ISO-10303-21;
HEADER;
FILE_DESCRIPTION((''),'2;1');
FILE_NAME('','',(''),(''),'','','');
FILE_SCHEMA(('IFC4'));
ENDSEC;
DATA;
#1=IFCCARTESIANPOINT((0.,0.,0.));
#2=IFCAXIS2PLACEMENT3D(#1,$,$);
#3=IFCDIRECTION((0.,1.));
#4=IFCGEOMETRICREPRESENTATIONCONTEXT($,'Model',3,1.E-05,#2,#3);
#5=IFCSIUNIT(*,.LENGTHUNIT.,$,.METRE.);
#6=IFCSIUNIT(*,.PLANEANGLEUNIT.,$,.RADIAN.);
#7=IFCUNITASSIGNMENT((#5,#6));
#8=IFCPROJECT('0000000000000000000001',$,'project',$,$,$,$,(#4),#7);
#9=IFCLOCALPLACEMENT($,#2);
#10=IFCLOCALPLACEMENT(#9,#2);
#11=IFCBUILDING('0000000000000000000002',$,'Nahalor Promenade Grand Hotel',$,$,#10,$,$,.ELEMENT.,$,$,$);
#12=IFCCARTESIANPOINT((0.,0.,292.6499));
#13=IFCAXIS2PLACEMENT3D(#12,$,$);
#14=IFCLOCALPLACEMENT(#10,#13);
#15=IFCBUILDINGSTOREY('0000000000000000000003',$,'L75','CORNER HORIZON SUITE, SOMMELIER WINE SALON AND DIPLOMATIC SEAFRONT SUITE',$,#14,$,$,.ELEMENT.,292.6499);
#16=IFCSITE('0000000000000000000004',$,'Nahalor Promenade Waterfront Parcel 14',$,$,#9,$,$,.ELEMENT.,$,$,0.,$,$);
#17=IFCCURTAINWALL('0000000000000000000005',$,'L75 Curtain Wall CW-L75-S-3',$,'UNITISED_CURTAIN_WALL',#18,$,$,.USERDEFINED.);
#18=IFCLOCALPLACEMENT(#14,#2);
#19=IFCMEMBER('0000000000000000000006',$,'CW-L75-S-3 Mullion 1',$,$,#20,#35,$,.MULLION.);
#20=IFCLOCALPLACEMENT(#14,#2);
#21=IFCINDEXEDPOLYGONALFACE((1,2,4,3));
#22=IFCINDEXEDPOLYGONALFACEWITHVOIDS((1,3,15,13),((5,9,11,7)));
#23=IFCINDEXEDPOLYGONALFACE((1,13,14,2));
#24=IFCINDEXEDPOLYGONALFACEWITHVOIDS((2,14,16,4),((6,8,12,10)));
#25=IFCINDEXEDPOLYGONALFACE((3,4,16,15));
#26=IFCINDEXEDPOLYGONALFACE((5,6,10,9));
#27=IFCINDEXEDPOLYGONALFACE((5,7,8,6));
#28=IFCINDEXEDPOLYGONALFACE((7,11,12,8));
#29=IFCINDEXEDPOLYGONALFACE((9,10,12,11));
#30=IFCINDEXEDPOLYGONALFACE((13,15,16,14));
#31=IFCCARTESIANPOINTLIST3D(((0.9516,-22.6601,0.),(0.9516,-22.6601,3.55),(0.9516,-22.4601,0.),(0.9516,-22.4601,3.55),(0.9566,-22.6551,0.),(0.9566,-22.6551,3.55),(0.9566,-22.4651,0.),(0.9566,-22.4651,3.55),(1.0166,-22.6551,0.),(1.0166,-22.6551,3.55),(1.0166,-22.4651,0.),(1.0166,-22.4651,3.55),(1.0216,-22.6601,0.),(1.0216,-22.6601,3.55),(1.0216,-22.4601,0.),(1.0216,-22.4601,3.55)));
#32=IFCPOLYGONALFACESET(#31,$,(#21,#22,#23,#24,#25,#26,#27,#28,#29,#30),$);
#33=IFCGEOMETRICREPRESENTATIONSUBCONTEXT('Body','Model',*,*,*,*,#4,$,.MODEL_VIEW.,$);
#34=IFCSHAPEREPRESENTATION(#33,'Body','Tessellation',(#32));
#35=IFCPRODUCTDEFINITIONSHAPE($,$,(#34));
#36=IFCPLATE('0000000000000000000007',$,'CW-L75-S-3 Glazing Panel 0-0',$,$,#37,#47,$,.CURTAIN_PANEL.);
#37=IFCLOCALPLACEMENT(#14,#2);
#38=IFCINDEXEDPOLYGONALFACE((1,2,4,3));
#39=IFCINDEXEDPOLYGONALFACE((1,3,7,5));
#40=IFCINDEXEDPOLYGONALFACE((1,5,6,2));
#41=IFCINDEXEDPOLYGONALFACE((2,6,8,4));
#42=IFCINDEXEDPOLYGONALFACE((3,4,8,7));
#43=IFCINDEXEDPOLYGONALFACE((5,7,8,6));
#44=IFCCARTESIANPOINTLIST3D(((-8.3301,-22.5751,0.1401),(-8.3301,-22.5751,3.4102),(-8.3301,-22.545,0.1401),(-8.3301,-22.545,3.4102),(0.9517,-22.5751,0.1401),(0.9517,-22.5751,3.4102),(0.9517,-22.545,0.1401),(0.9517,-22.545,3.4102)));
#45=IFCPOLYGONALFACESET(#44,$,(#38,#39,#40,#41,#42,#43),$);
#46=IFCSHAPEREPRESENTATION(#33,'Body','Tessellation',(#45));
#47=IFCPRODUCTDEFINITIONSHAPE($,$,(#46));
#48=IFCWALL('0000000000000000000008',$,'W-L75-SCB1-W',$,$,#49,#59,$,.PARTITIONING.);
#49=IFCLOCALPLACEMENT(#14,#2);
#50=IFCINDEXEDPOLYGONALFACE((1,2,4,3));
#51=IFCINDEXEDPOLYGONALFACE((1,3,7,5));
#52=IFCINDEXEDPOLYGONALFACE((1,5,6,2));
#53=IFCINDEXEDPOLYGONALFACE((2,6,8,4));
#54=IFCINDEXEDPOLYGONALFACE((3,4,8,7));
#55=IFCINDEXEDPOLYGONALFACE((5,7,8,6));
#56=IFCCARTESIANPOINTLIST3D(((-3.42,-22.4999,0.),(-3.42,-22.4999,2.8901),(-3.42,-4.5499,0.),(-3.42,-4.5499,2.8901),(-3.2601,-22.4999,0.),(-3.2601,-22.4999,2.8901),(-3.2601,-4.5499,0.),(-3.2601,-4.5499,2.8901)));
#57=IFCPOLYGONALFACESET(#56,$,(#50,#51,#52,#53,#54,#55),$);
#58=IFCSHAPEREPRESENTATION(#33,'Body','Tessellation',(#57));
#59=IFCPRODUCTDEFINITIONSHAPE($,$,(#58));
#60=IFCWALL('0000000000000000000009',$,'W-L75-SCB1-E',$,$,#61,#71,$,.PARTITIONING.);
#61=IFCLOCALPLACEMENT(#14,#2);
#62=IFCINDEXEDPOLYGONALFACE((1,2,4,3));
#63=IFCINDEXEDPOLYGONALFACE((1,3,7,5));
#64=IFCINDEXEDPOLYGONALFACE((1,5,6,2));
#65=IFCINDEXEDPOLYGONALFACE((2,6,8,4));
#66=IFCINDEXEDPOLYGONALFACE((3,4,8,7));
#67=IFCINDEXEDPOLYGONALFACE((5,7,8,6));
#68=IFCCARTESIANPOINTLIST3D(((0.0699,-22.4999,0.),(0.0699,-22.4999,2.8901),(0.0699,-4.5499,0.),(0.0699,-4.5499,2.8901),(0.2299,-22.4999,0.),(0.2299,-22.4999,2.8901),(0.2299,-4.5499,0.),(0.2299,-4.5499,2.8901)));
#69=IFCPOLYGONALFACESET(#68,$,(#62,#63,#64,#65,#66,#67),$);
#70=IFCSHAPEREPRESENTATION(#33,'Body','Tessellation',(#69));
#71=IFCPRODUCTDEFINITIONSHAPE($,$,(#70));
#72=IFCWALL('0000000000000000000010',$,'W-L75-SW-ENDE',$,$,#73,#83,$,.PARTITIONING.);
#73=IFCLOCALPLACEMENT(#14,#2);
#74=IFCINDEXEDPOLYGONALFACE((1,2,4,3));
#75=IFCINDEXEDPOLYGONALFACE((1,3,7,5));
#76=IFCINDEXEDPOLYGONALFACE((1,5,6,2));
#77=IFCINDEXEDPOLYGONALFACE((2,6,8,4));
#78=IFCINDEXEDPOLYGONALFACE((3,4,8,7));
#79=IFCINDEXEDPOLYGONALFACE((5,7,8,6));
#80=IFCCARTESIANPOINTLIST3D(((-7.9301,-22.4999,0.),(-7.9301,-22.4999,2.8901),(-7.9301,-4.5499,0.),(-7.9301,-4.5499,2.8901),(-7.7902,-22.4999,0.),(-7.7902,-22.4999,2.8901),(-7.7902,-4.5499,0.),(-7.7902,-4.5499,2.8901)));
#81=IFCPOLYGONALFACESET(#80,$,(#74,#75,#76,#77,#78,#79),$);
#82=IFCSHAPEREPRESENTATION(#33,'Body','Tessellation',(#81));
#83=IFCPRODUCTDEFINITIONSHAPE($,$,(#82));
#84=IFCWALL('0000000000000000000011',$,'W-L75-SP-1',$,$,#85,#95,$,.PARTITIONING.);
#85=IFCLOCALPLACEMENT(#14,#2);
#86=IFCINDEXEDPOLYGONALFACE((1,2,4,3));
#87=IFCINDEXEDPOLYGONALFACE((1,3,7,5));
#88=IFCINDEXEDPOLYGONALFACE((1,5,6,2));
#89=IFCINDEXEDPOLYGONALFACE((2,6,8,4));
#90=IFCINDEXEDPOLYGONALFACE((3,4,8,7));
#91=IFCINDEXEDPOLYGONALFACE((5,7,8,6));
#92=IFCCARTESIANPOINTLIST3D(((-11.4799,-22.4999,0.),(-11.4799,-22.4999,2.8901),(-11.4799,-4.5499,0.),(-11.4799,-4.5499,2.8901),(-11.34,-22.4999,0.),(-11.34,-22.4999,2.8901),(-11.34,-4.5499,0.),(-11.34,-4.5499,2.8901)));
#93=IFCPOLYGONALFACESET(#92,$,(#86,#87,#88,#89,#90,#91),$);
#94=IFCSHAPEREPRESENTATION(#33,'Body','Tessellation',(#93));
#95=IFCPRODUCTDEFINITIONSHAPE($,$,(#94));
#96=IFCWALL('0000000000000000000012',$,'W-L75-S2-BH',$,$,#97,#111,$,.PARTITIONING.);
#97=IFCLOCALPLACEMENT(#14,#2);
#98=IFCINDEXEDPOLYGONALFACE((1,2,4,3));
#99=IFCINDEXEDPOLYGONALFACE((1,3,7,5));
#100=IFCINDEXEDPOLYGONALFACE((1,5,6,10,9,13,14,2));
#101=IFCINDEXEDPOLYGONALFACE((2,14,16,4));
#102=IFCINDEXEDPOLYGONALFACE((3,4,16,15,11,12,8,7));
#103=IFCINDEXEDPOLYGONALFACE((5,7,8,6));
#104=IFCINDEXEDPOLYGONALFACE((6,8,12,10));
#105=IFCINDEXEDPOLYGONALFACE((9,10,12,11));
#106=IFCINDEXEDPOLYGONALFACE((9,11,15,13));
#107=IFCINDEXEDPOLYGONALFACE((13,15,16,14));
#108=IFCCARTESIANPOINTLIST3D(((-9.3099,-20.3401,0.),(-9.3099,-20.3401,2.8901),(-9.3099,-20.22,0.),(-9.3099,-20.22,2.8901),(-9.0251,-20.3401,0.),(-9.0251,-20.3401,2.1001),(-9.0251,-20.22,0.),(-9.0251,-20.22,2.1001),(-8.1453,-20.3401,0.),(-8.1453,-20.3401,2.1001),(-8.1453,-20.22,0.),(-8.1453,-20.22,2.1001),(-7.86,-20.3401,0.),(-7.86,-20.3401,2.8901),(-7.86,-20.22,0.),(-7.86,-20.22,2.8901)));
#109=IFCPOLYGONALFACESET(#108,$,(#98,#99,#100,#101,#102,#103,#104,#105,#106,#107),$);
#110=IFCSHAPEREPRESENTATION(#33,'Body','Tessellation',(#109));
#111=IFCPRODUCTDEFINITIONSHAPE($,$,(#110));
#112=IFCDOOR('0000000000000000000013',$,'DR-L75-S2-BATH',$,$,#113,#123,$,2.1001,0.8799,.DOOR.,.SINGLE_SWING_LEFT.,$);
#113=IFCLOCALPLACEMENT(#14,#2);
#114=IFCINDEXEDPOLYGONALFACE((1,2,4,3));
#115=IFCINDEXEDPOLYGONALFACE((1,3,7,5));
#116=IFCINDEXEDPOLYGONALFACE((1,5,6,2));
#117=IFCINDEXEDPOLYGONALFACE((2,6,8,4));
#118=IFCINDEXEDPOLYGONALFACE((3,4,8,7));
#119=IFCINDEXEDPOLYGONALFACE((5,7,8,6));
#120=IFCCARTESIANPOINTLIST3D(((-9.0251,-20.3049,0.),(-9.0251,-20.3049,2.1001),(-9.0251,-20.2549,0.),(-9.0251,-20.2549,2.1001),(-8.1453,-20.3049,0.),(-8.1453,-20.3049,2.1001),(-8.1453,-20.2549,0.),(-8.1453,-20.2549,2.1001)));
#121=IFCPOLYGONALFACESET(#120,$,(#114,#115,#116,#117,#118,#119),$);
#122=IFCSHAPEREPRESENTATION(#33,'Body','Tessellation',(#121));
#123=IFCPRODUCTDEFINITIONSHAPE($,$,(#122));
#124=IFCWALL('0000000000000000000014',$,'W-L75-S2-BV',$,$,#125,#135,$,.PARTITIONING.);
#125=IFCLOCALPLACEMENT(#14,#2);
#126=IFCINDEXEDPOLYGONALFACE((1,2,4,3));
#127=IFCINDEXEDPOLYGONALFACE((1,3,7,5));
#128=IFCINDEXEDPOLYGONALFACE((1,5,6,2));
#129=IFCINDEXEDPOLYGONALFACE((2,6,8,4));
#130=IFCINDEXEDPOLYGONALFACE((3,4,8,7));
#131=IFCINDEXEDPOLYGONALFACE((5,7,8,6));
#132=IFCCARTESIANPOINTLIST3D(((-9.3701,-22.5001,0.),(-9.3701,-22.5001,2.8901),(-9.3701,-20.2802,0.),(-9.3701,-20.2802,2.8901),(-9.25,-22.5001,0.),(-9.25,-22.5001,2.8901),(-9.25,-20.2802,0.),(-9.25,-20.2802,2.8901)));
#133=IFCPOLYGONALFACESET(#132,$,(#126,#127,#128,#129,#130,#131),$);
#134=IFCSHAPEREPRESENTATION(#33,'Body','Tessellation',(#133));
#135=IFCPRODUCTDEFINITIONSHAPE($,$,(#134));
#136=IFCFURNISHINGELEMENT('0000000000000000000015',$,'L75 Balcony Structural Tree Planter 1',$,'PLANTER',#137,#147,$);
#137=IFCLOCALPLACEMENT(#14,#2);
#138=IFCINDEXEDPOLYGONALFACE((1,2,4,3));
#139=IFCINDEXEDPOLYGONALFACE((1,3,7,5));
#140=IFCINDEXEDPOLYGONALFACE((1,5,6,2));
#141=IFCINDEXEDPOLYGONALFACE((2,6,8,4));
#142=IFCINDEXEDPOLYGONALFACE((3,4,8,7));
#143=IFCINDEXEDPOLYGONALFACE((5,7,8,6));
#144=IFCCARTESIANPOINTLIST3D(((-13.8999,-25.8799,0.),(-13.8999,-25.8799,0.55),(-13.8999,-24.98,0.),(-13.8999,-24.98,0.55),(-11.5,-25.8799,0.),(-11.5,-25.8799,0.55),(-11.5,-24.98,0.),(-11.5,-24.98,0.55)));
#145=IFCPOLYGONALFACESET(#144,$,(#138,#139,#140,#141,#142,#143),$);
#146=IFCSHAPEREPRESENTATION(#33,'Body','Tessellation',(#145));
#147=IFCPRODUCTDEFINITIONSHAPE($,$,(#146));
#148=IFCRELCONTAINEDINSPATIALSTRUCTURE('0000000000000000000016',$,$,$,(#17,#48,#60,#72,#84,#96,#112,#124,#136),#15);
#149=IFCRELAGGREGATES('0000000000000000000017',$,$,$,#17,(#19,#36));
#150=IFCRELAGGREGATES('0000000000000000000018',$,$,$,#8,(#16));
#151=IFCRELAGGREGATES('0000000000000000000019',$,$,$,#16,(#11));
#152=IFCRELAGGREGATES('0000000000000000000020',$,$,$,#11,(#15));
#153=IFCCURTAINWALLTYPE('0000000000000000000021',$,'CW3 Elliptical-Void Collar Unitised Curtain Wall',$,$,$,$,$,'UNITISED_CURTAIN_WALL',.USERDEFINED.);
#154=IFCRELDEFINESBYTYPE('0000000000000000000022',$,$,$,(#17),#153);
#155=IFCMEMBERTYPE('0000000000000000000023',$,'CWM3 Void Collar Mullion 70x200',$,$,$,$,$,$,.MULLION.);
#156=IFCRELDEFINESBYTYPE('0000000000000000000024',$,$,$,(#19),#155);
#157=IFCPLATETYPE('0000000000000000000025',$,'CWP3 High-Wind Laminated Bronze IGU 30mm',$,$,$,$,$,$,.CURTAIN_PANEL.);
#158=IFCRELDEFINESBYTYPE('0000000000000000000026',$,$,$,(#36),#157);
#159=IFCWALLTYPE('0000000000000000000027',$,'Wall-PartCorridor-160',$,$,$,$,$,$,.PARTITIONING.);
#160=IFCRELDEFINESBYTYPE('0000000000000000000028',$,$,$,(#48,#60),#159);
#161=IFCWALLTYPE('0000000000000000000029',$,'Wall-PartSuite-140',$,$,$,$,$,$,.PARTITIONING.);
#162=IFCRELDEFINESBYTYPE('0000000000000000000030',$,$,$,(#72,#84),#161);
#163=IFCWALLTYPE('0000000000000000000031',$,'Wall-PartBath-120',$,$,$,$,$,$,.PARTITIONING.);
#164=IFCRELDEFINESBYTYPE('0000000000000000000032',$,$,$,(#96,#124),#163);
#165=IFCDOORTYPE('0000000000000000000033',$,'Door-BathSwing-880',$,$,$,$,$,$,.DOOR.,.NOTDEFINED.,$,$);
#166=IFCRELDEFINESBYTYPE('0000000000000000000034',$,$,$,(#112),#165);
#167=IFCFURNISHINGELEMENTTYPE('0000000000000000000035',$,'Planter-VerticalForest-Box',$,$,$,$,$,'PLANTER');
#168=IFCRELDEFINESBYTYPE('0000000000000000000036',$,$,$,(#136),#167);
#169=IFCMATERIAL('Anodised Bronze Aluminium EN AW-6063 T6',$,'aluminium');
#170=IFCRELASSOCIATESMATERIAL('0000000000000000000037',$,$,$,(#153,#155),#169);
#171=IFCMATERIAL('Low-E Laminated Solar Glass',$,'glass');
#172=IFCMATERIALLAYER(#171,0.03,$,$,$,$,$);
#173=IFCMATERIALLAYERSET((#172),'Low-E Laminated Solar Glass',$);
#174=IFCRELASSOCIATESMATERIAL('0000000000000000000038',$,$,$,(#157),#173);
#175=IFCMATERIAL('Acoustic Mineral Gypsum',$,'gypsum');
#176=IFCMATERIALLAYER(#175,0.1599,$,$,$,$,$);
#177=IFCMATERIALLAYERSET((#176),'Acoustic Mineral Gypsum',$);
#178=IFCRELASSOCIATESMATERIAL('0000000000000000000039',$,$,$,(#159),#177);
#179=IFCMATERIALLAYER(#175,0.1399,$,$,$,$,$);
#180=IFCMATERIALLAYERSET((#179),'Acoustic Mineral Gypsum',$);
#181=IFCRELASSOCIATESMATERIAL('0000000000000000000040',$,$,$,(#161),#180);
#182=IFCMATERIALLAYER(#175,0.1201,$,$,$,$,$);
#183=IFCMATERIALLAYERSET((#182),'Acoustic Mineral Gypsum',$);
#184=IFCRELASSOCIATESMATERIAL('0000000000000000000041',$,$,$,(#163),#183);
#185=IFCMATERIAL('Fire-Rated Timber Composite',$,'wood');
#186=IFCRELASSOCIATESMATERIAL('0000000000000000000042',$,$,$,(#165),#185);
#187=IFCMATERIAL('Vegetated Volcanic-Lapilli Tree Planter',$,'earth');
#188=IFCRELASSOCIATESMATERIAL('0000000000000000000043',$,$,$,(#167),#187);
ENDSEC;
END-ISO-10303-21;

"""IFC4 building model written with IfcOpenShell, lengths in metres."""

from ifc_helpers import new_model, si_unit, direction, frame, frame_2d, origin, origin_2d, place, context, subcontext, project, spatial, rectangle, hollow_rectangle, extrude, source, transform, mapped, material, layer, layer_set, material_profile, profile_set, type_object, element, fill, aggregate, save


model = new_model("IFC4")

# Units and contexts
model_context = context("Model", 3, precision=1e-05, world=origin(), true_north=direction((0.0, 1.0)))
body_context = subcontext(model_context, "Body", "Model", "MODEL_VIEW")
ifc_project = project(units=[si_unit("LENGTHUNIT", "METRE"), si_unit("PLANEANGLEUNIT", "RADIAN")], contexts=[model_context])

# Site, building, storey
site_placement = place(None, origin())
site = spatial("IfcSite", under=ifc_project, at=site_placement, Name="Nahalor Promenade Waterfront Parcel 14", CompositionType="ELEMENT", RefElevation=0.0)
building_placement = place(site_placement, origin())
building = spatial("IfcBuilding", under=site, at=building_placement, Name="Nahalor Promenade Grand Hotel", CompositionType="ELEMENT")
storey_placement = place(building_placement, frame((0.0, 0.0, 292.6499)))
storey = spatial("IfcBuildingStorey", under=building, at=storey_placement, Name="L75", Description="CORNER HORIZON SUITE, SOMMELIER WINE SALON AND DIPLOMATIC SEAFRONT SUITE", CompositionType="ELEMENT", Elevation=292.6499)

# Curtain wall, member, plate
ifc_material_1 = material(Name="Anodised Bronze Aluminium EN AW-6063 T6", Category="aluminium")
curtain_wall_type = type_object("IfcCurtainWallType", Name="CW3 Elliptical-Void Collar Unitised Curtain Wall", ElementType="UNITISED_CURTAIN_WALL", PredefinedType="USERDEFINED", material=ifc_material_1)
curtain_wall_placement = place(storey_placement, origin())
curtain_wall = element("IfcCurtainWall", 1, at=curtain_wall_placement, inside=storey, type_object=curtain_wall_type, Name="L75 Curtain Wall CW-L75-S-3", ObjectType="UNITISED_CURTAIN_WALL", PredefinedType="USERDEFINED")
ifc_material_profile_1 = material_profile(ifc_material_1, hollow_rectangle(XDim=0.07, YDim=0.2, WallThickness=0.005, at=origin_2d()), Name="CWM 70x200x5")
ifc_profile_set_1 = profile_set([ifc_material_profile_1], Name="Anodised Bronze Aluminium EN AW-6063 T6")
member_type_1 = type_object("IfcMemberType", Name="CWM3 Void Collar Mullion 70x200", PredefinedType="MULLION", material=ifc_profile_set_1)
shared_shape_1 = source(origin(), body_context, "Body", "SweptSolid", [
    extrude(hollow_rectangle(XDim=0.07, YDim=0.2, WallThickness=0.005, at=origin_2d()), origin(), (0.0, 0.0, 1.0), 3.55),
])
member_1_placement = place(storey_placement, frame((0.9866, -22.5601, 0.0), z_axis=(0.0, 0.0, 1.0), x_axis=(1.0, 0.0, 0.0)))
member_1 = element("IfcMember", 2, at=member_1_placement, type_object=member_type_1, Name="CW-L75-S-3 Mullion 1", PredefinedType="MULLION", context=body_context, shape_type="MappedRepresentation", body=[
    mapped(shared_shape_1, transform((0.0, 0.0, 0.0), scale=1.0)),
])
ifc_material_2 = material(Name="Low-E Laminated Solar Glass", Category="glass")
ifc_layer_1 = layer(ifc_material_2, 0.03)
ifc_layer_set_1 = layer_set([ifc_layer_1], Name="Low-E Laminated Solar Glass")
plate_type = type_object("IfcPlateType", Name="CWP3 High-Wind Laminated Bronze IGU 30mm", PredefinedType="CURTAIN_PANEL", material=ifc_layer_set_1)
shared_shape_2 = source(origin(), body_context, "Body", "SweptSolid", [
    extrude(rectangle(XDim=9.2817, YDim=0.03, at=origin_2d()), origin(), (0.0, 0.0, 1.0), 3.27),
])
plate_placement = place(storey_placement, frame((-3.6892, -22.5601, 0.1401), z_axis=(0.0, 0.0, 1.0), x_axis=(1.0, 0.0, 0.0)))
plate = element("IfcPlate", 3, at=plate_placement, type_object=plate_type, Name="CW-L75-S-3 Glazing Panel 0-0", PredefinedType="CURTAIN_PANEL", context=body_context, shape_type="MappedRepresentation", body=[
    mapped(shared_shape_2, transform((0.0, 0.0, 0.0), scale=1.0)),
])
aggregate(curtain_wall, [member_1, plate])

# Walls
ifc_material_3 = material(Name="Acoustic Mineral Gypsum", Category="gypsum")
ifc_layer_2 = layer(ifc_material_3, 0.1599)
ifc_layer_set_2 = layer_set([ifc_layer_2], Name="Acoustic Mineral Gypsum")
wall_type_1 = type_object("IfcWallType", Name="Wall-PartCorridor-160", PredefinedType="PARTITIONING", material=ifc_layer_set_2)
shared_shape_3 = source(origin(), body_context, "Body", "SweptSolid", [
    extrude(rectangle(XDim=17.95, YDim=0.1599, at=frame_2d((8.9751, 0.0))), origin(), (0.0, 0.0, 1.0), 2.8901),
])
for number, where, z_axis, x_axis, name in (
    (4, (-3.3401, -22.5, 0.0), (0.0, 0.0, 1.0), (0.0, 1.0, 0.0), "W-L75-SCB1-W"),
    (5, (0.1499, -22.5, 0.0), (0.0, 0.0, 1.0), (0.0, 1.0, 0.0), "W-L75-SCB1-E"),
):
    element("IfcWall", number, at=place(storey_placement, frame(where, z_axis=z_axis, x_axis=x_axis)), inside=storey, type_object=wall_type_1, Name=name, PredefinedType="PARTITIONING", context=body_context, shape_type="MappedRepresentation", body=[
        mapped(shared_shape_3, transform((0.0, 0.0, 0.0), scale=1.0)),
    ])
ifc_layer_3 = layer(ifc_material_3, 0.1399)
ifc_layer_set_3 = layer_set([ifc_layer_3], Name="Acoustic Mineral Gypsum")
wall_type_2 = type_object("IfcWallType", Name="Wall-PartSuite-140", PredefinedType="PARTITIONING", material=ifc_layer_set_3)
shared_shape_4 = source(origin(), body_context, "Body", "SweptSolid", [
    extrude(rectangle(XDim=17.95, YDim=0.1399, at=frame_2d((8.9751, 0.0))), origin(), (0.0, 0.0, 1.0), 2.8901),
])
for number, where, z_axis, x_axis, name in (
    (6, (-7.8601, -22.5, 0.0), (0.0, 0.0, 1.0), (0.0, 1.0, 0.0), "W-L75-SW-ENDE"),
    (7, (-11.4099, -22.5, 0.0), (0.0, 0.0, 1.0), (0.0, 1.0, 0.0), "W-L75-SP-1"),
):
    element("IfcWall", number, at=place(storey_placement, frame(where, z_axis=z_axis, x_axis=x_axis)), inside=storey, type_object=wall_type_2, Name=name, PredefinedType="PARTITIONING", context=body_context, shape_type="MappedRepresentation", body=[
        mapped(shared_shape_4, transform((0.0, 0.0, 0.0), scale=1.0)),
    ])

# Wall, opening, door
ifc_layer_4 = layer(ifc_material_3, 0.1201)
ifc_layer_set_4 = layer_set([ifc_layer_4], Name="Acoustic Mineral Gypsum")
wall_type_3 = type_object("IfcWallType", Name="Wall-PartBath-120", PredefinedType="PARTITIONING", material=ifc_layer_set_4)
shared_shape_5 = source(origin(), body_context, "Body", "SweptSolid", [
    extrude(rectangle(XDim=1.45, YDim=0.1201, at=frame_2d((0.7251, 0.0))), origin(), (0.0, 0.0, 1.0), 2.8901),
])
wall_1_placement = place(storey_placement, frame((-9.3101, -20.28, 0.0), z_axis=(0.0, 0.0, 1.0), x_axis=(1.0, 0.0, 0.0)))
wall_1 = element("IfcWall", 8, at=wall_1_placement, inside=storey, type_object=wall_type_3, Name="W-L75-S2-BH", PredefinedType="PARTITIONING", context=body_context, shape_type="MappedRepresentation", body=[
    mapped(shared_shape_5, transform((0.0, 0.0, 0.0), scale=1.0)),
])
opening_placement = place(wall_1_placement, frame((0.2849, 0.0, 0.0)))
opening = element("IfcOpeningElement", 9, at=opening_placement, cuts=wall_1, PredefinedType="OPENING", context=body_context, shape_type="SweptSolid", body=[
    extrude(rectangle(XDim=0.8799, YDim=2.1001, at=frame_2d((0.4399, 1.05))), frame((0.0, 0.0701, 0.0), z_axis=(0.0, -1.0, 0.0), x_axis=(1.0, 0.0, 0.0)), (0.0, 0.0, 1.0), 0.1401),
])
ifc_material_4 = material(Name="Fire-Rated Timber Composite", Category="wood")
door_type = type_object("IfcDoorType", Name="Door-BathSwing-880", OperationType="NOTDEFINED", PredefinedType="DOOR", material=ifc_material_4)
shared_shape_6 = source(origin(), body_context, "Body", "SweptSolid", [
    extrude(rectangle(XDim=0.8799, YDim=2.1001, at=frame_2d((0.4399, 1.05))), frame((0.0, 0.0249, 0.0), z_axis=(0.0, -1.0, 0.0), x_axis=(1.0, 0.0, 0.0)), (0.0, 0.0, 1.0), 0.05),
])
door_placement = place(opening_placement, frame((0.8799, 0.0, 0.0), z_axis=(0.0, 0.0, 1.0), x_axis=(-1.0, 0.0, 0.0)))
door = element("IfcDoor", 10, at=door_placement, inside=storey, type_object=door_type, Name="DR-L75-S2-BATH", OperationType="SINGLE_SWING_LEFT", OverallHeight=2.1001, OverallWidth=0.8799, PredefinedType="DOOR", context=body_context, shape_type="MappedRepresentation", body=[
    mapped(shared_shape_6, transform((0.0, 0.0, 0.0), scale=1.0)),
])
fill(opening, door)

# Wall
shared_shape_7 = source(origin(), body_context, "Body", "SweptSolid", [
    extrude(rectangle(XDim=2.22, YDim=0.1201, at=frame_2d((1.1099, 0.0))), origin(), (0.0, 0.0, 1.0), 2.8901),
])
wall_2_placement = place(storey_placement, frame((-9.3101, -22.5, 0.0), z_axis=(0.0, 0.0, 1.0), x_axis=(0.0, 1.0, 0.0)))
element("IfcWall", 11, at=wall_2_placement, inside=storey, type_object=wall_type_3, Name="W-L75-S2-BV", PredefinedType="PARTITIONING", context=body_context, shape_type="MappedRepresentation", body=[
    mapped(shared_shape_7, transform((0.0, 0.0, 0.0), scale=1.0)),
])

# Furnishing element
ifc_material_5 = material(Name="Vegetated Volcanic-Lapilli Tree Planter", Category="earth")
furnishing_element_type = type_object("IfcFurnishingElementType", Name="Planter-VerticalForest-Box", ElementType="PLANTER", material=ifc_material_5)
shared_shape_8 = source(origin(), body_context, "Body", "SweptSolid", [
    extrude(rectangle(XDim=2.3999, YDim=0.8999, at=origin_2d()), origin(), (0.0, 0.0, 1.0), 0.55),
])
furnishing_placement = place(storey_placement, frame((-12.7, -25.4299, 0.0), z_axis=(0.0, 0.0, 1.0), x_axis=(1.0, 0.0, 0.0)))
element("IfcFurnishingElement", 12, at=furnishing_placement, inside=storey, type_object=furnishing_element_type, Name="L75 Balcony Structural Tree Planter 1", ObjectType="PLANTER", context=body_context, shape_type="MappedRepresentation", body=[
    mapped(shared_shape_8, transform((0.0, 0.0, 0.0), scale=1.0)),
])

save(model, "model.ifc")
